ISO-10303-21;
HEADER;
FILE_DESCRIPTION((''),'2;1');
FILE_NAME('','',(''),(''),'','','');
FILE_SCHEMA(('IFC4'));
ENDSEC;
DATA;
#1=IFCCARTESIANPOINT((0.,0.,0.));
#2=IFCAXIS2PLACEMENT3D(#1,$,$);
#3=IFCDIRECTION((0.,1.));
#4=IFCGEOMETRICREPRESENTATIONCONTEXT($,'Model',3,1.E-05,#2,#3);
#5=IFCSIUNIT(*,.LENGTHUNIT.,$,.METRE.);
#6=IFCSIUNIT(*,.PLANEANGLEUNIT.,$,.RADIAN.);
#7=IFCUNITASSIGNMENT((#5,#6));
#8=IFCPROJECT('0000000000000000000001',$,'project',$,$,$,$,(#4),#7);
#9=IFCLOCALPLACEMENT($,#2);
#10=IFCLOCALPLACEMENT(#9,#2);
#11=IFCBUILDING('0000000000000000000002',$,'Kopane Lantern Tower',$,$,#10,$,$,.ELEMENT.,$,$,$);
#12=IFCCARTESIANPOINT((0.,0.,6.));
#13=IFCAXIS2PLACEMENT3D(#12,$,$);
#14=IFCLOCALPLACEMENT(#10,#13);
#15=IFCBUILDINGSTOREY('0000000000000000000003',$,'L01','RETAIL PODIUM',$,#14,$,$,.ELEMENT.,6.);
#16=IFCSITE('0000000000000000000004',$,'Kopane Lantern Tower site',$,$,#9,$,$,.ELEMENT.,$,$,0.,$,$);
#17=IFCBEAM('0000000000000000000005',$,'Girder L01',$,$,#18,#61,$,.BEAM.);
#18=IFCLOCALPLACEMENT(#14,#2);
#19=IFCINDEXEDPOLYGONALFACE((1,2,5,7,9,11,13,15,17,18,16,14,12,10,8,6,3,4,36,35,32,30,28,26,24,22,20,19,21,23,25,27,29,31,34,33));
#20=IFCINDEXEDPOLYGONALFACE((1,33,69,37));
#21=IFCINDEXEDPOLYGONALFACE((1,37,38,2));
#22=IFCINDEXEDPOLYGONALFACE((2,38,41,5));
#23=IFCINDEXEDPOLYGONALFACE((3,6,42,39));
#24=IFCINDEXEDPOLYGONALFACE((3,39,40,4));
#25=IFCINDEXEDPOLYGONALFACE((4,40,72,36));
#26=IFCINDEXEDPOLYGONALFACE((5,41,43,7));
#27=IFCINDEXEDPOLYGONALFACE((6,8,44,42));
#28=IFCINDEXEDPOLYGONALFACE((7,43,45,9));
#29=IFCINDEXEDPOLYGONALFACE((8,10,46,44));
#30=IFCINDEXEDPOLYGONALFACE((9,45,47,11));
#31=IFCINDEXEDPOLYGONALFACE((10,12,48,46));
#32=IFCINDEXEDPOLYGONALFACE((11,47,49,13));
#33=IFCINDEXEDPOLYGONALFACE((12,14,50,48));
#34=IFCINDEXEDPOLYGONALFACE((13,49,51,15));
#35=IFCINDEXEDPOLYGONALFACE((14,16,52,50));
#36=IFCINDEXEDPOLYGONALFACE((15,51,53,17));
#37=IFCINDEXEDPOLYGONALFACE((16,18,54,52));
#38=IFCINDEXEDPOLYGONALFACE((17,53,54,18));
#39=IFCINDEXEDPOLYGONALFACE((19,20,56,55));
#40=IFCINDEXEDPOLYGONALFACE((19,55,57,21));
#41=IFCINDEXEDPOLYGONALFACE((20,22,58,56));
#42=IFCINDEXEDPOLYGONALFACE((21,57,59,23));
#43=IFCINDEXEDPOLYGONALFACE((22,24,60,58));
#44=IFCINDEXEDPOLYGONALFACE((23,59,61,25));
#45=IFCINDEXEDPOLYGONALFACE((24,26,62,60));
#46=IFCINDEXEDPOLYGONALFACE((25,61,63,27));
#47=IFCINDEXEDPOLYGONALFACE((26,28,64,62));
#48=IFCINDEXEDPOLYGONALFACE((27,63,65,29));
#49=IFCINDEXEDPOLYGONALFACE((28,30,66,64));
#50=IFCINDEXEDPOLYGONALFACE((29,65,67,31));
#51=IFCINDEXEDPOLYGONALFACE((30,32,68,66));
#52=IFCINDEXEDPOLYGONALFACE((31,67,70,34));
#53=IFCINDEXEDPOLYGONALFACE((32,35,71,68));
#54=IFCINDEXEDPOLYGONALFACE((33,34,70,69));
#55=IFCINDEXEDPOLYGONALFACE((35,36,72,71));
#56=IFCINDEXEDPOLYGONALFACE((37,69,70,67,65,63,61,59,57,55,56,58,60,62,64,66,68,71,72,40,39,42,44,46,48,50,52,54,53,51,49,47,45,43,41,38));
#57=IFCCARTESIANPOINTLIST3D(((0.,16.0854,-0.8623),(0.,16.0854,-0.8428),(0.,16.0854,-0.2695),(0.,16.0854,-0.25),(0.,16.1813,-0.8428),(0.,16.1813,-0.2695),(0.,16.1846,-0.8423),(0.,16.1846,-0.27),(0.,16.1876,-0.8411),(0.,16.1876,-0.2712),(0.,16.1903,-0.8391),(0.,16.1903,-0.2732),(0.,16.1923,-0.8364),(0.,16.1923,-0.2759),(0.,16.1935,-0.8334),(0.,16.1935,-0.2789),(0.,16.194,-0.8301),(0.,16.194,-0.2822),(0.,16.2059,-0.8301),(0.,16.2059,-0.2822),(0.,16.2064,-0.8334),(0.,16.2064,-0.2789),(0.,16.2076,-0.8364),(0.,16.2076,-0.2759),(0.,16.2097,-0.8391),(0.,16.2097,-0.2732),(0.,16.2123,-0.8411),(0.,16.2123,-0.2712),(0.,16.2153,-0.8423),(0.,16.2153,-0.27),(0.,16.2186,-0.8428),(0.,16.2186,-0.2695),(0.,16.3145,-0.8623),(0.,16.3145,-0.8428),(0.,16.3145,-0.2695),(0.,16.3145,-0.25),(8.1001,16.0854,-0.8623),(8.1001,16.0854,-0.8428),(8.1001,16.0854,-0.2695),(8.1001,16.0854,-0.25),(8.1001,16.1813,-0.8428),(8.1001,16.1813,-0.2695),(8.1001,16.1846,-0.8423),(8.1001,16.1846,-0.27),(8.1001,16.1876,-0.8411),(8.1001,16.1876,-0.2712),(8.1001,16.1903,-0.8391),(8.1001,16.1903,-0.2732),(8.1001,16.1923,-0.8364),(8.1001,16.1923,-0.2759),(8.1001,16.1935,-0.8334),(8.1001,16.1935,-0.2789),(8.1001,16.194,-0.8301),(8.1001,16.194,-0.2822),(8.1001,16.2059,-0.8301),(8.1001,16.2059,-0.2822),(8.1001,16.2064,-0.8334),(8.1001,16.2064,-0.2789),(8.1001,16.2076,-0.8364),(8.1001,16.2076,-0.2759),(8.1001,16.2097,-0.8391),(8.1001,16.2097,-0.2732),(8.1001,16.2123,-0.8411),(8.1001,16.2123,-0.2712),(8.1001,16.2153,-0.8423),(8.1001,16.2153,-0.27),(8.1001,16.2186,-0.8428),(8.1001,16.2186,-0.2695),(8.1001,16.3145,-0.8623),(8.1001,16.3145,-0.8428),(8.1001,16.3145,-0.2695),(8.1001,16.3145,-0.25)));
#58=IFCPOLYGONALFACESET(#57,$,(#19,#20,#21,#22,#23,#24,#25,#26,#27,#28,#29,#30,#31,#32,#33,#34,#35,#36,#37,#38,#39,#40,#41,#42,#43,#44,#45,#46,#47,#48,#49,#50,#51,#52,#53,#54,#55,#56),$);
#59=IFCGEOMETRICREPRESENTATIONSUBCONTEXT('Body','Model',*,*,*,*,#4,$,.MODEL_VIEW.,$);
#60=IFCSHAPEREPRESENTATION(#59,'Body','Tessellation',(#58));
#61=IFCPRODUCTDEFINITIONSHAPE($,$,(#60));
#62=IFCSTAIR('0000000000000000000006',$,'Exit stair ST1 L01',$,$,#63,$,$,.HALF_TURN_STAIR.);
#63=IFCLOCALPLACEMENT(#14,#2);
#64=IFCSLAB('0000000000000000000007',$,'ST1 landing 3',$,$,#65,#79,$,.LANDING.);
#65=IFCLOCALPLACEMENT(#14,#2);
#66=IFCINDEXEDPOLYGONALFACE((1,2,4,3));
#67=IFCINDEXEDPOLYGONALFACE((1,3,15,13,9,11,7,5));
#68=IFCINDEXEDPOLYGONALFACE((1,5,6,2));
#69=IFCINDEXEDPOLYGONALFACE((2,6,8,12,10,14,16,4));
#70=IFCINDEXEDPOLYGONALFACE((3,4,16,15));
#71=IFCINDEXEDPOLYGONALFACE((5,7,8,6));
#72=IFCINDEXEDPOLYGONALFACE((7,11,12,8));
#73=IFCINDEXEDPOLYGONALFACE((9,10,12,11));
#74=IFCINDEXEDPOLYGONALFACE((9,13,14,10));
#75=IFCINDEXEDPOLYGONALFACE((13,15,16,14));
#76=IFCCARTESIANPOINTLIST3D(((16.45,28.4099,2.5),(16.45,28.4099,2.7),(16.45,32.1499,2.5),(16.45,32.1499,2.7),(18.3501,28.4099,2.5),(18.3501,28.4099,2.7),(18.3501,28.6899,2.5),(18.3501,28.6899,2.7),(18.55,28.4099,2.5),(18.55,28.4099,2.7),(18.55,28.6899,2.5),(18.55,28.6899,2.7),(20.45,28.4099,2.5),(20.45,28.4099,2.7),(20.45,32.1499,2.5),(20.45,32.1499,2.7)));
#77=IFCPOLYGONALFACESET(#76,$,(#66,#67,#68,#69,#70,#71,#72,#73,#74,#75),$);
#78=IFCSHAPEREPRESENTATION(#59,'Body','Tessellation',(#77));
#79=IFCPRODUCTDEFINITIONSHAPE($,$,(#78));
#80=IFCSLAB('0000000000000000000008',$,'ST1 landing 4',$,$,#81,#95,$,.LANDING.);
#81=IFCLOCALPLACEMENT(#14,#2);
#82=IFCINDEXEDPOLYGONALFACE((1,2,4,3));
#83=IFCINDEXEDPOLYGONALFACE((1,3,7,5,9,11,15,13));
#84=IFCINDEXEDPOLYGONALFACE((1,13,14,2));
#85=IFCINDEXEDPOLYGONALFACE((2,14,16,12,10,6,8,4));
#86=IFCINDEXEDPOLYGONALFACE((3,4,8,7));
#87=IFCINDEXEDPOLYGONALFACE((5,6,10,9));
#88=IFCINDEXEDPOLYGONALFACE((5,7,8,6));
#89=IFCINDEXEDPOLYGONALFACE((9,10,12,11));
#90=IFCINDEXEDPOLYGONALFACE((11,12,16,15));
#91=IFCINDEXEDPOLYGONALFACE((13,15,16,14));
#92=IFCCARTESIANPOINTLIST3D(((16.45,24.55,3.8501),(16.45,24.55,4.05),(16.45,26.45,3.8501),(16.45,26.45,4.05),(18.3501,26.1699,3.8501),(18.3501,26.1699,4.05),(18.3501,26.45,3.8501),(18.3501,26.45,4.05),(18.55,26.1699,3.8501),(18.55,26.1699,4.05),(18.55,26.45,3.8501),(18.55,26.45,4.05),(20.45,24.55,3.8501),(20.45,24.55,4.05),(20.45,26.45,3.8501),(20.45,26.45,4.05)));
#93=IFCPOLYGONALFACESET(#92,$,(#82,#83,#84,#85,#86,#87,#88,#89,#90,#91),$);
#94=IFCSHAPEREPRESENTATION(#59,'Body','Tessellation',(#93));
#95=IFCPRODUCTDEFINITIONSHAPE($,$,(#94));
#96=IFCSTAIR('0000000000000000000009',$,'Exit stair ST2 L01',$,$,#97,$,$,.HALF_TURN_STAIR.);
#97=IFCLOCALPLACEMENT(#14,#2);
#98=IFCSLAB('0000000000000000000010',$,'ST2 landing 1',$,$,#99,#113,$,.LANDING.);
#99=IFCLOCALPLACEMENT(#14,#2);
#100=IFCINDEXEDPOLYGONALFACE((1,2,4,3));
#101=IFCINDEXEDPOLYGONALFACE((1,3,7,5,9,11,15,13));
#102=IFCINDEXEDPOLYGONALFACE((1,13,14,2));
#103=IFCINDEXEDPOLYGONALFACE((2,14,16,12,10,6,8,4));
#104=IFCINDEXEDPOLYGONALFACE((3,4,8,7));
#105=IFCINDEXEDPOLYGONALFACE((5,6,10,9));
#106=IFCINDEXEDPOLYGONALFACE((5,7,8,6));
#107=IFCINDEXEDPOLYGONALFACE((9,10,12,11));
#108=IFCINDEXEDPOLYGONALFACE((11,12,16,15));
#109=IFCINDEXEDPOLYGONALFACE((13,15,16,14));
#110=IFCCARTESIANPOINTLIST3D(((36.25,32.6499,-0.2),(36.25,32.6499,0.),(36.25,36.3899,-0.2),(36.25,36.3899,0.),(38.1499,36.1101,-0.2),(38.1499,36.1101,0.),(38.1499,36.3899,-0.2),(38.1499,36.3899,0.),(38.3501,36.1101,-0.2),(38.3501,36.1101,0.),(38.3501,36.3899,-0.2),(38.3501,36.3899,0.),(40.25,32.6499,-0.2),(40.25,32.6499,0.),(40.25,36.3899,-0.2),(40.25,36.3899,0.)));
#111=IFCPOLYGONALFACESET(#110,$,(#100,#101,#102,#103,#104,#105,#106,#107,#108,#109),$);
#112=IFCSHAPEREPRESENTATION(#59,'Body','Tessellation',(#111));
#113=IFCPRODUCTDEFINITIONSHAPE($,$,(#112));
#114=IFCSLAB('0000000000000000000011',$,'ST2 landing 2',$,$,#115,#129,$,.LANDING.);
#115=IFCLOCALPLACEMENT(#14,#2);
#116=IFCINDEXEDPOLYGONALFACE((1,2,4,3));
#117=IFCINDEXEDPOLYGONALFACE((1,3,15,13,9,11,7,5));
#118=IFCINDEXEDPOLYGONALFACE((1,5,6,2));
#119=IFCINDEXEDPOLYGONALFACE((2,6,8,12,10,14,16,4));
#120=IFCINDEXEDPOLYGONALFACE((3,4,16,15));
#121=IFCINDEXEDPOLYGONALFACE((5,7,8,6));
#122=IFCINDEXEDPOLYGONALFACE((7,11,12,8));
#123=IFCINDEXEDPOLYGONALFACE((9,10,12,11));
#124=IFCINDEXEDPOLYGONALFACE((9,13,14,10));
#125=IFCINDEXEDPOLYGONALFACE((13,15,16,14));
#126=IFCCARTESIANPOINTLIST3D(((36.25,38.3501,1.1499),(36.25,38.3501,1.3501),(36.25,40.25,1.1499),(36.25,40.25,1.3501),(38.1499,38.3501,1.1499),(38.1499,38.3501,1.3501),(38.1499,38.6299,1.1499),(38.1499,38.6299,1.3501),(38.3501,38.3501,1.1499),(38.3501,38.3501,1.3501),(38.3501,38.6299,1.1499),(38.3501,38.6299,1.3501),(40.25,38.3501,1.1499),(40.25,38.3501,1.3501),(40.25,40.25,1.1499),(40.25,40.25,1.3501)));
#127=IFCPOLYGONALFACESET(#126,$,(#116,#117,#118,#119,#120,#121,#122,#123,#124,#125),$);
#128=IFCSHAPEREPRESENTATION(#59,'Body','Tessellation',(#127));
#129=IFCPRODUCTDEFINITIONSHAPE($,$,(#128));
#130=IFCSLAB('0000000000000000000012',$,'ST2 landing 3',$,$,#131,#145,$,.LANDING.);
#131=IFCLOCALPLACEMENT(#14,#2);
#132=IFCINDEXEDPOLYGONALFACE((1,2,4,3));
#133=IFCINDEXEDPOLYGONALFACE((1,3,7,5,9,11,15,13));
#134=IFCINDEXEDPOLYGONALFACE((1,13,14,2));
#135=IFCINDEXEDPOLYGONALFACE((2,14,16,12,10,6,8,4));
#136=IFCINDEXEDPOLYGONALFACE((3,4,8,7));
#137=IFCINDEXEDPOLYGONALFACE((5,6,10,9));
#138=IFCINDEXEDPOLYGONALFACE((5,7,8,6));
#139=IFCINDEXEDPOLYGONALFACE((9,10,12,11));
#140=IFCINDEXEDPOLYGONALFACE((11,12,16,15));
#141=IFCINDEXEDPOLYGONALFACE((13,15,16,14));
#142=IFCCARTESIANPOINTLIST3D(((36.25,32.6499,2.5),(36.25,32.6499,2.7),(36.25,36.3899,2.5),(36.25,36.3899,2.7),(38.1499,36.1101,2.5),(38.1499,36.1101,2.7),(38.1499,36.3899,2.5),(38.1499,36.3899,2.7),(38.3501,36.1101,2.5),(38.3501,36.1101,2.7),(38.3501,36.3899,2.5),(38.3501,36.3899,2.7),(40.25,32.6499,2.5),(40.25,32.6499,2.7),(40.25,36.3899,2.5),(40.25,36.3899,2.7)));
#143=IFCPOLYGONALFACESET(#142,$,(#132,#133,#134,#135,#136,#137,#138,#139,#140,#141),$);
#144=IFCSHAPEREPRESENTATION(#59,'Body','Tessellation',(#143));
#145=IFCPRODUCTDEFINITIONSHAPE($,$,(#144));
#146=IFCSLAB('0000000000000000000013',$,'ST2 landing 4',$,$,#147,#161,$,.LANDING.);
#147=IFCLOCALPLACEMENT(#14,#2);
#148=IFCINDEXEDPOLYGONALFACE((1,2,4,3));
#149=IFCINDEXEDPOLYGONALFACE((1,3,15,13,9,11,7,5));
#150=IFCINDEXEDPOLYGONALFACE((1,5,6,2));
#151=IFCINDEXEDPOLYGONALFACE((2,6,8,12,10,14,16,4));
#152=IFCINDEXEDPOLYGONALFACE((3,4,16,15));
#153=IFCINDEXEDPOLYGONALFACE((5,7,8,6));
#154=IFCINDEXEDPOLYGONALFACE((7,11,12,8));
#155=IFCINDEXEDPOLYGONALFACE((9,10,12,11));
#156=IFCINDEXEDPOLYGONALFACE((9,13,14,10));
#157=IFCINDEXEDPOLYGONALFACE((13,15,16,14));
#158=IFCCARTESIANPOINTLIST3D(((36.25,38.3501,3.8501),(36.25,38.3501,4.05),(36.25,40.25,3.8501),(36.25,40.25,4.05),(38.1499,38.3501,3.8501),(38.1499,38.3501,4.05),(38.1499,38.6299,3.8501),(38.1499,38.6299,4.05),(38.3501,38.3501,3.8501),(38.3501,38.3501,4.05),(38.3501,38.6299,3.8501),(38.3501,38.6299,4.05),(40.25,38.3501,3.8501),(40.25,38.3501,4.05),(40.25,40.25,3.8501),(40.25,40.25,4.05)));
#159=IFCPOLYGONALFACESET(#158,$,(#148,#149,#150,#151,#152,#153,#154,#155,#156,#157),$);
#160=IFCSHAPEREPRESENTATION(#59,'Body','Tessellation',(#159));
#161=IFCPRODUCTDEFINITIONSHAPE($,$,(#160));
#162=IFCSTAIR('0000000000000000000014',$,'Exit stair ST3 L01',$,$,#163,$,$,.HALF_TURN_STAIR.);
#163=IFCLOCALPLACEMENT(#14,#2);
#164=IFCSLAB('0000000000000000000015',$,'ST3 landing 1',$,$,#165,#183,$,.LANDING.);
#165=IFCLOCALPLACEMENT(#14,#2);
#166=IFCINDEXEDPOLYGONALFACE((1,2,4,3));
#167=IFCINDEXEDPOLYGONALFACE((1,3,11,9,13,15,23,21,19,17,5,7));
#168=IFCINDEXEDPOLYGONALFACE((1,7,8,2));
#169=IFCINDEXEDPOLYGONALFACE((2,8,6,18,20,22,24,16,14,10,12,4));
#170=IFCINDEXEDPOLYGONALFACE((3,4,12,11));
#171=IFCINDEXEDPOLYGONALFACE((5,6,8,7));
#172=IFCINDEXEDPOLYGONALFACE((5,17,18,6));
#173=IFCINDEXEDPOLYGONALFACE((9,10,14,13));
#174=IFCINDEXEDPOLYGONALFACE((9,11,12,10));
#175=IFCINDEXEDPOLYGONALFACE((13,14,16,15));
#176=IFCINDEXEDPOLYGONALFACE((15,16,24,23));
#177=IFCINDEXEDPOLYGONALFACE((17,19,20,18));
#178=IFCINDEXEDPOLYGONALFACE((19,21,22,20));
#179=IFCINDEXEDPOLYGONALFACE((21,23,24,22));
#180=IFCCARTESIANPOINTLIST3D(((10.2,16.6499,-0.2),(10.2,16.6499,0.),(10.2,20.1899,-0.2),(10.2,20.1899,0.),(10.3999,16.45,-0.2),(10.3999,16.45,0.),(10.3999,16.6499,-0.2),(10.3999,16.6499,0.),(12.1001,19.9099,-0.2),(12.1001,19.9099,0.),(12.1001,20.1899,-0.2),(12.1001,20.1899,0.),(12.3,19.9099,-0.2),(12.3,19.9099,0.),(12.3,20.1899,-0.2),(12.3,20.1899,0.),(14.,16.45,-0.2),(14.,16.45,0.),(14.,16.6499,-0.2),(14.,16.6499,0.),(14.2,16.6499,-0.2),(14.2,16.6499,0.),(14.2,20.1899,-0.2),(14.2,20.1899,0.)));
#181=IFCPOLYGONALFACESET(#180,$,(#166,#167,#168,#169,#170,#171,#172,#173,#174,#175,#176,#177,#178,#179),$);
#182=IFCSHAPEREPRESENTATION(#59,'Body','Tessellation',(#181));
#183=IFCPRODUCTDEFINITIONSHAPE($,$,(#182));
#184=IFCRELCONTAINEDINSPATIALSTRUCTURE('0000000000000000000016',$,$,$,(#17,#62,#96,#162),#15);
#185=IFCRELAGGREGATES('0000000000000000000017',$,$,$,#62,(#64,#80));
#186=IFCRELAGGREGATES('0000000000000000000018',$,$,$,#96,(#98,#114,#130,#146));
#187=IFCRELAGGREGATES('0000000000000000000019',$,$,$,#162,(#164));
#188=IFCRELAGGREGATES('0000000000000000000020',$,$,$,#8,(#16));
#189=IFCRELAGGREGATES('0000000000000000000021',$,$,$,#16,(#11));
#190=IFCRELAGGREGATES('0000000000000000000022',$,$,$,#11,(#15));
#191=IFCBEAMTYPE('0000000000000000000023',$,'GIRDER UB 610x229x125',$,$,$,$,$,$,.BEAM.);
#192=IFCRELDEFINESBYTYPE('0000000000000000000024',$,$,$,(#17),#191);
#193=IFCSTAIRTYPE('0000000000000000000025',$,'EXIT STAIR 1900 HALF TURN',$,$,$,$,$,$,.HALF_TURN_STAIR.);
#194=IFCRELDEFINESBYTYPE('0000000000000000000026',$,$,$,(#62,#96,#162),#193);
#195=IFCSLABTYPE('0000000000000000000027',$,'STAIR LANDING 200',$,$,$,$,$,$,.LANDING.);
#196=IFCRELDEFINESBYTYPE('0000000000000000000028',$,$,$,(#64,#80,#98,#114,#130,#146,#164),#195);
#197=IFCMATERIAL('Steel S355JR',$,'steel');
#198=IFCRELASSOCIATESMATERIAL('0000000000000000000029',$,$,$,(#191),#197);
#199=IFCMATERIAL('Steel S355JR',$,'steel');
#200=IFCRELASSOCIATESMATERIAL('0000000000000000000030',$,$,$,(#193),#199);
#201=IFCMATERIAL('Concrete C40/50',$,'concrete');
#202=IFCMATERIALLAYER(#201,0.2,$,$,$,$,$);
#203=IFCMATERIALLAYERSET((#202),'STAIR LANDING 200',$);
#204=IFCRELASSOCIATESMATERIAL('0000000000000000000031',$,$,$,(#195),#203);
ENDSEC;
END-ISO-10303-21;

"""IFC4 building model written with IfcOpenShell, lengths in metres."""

from ifc_helpers import new_model, si_unit, direction, frame, origin, origin_2d, place, context, subcontext, project, spatial, polyline, i_section, outline, extrude, material, layer, layer_set, material_profile, profile_set, type_object, element, aggregate, save


model = new_model("IFC4")

# Units and contexts
model_context = context("Model", 3, precision=1e-05, world=origin(), true_north=direction((0.0, 1.0)))
body_context = subcontext(model_context, "Body", "Model", "MODEL_VIEW")
ifc_project = project(units=[si_unit("LENGTHUNIT", "METRE"), si_unit("PLANEANGLEUNIT", "RADIAN")], contexts=[model_context])

# Site, building, storey
site_placement = place(None, origin())
site = spatial("IfcSite", under=ifc_project, at=site_placement, Name="Kopane Lantern Tower site", CompositionType="ELEMENT", RefElevation=0.0)
building_placement = place(site_placement, origin())
building = spatial("IfcBuilding", under=site, at=building_placement, Name="Kopane Lantern Tower", CompositionType="ELEMENT")
storey_placement = place(building_placement, frame((0.0, 0.0, 6.0)))
storey = spatial("IfcBuildingStorey", under=building, at=storey_placement, Name="L01", Description="RETAIL PODIUM", CompositionType="ELEMENT", Elevation=6.0)

# Beam
ifc_material_1 = material(Name="Steel S355JR", Category="steel")
ifc_material_profile_1 = material_profile(ifc_material_1, i_section(OverallWidth=0.229, OverallDepth=0.6123, WebThickness=0.012, FlangeThickness=0.0195, FilletRadius=0.0127, at=origin_2d()), Name="UB 610x229x125")
ifc_profile_set_1 = profile_set([ifc_material_profile_1], Name="Steel S355JR")
beam_type = type_object("IfcBeamType", Name="GIRDER UB 610x229x125", PredefinedType="BEAM", material=ifc_profile_set_1)
for number, where, z_axis, x_axis, name in (
    (1, (0.0, 16.2, -0.5562), (1.0, 0.0, 0.0), (0.0, 1.0, 0.0), "Girder L01"),
):
    element("IfcBeam", number, at=place(storey_placement, frame(where, z_axis=z_axis, x_axis=x_axis)), inside=storey, type_object=beam_type, Name=name, PredefinedType="BEAM", context=body_context, shape_type="SweptSolid", body=[
        extrude(i_section(OverallWidth=0.229, OverallDepth=0.6123, WebThickness=0.012, FlangeThickness=0.0195, FilletRadius=0.0127, at=origin_2d()), origin(), (0.0, 0.0, 1.0), 8.1001),
    ])

# Stairs, slabs
ifc_material_2 = material(Name="Steel S355JR", Category="steel")
stair_type = type_object("IfcStairType", Name="EXIT STAIR 1900 HALF TURN", PredefinedType="HALF_TURN_STAIR", material=ifc_material_2)
stair_1_placement = place(storey_placement, origin())
stair_1 = element("IfcStair", 2, at=stair_1_placement, inside=storey, type_object=stair_type, Name="Exit stair ST1 L01", PredefinedType="HALF_TURN_STAIR")
ifc_material_3 = material(Name="Concrete C40/50", Category="concrete")
ifc_layer_1 = layer(ifc_material_3, 0.2)
ifc_layer_set_1 = layer_set([ifc_layer_1], Name="STAIR LANDING 200")
slab_type = type_object("IfcSlabType", Name="STAIR LANDING 200", PredefinedType="LANDING", material=ifc_layer_set_1)
slab_1_placement = place(storey_placement, frame((0.0, 0.0, 2.5)))
slab_1 = element("IfcSlab", 3, at=slab_1_placement, type_object=slab_type, Name="ST1 landing 3", PredefinedType="LANDING", context=body_context, shape_type="SweptSolid", body=[
    extrude(outline(polyline([(18.3501, 28.6899), (18.55, 28.6899), (18.55, 28.4099), (20.45, 28.4099), (20.45, 32.1499), (16.45, 32.1499), (16.45, 28.4099), (18.3501, 28.4099), (18.3501, 28.6899)])), origin(), (0.0, 0.0, 1.0), 0.2),
])
slab_2_placement = place(storey_placement, frame((0.0, 0.0, 3.8501)))
slab_2 = element("IfcSlab", 4, at=slab_2_placement, type_object=slab_type, Name="ST1 landing 4", PredefinedType="LANDING", context=body_context, shape_type="SweptSolid", body=[
    extrude(outline(polyline([(20.45, 26.45), (18.55, 26.45), (18.55, 26.1699), (18.3501, 26.1699), (18.3501, 26.45), (16.45, 26.45), (16.45, 24.55), (20.45, 24.55), (20.45, 26.45)])), origin(), (0.0, 0.0, 1.0), 0.2),
])
aggregate(stair_1, [slab_1, slab_2])
stair_2_placement = place(storey_placement, origin())
stair_2 = element("IfcStair", 5, at=stair_2_placement, inside=storey, type_object=stair_type, Name="Exit stair ST2 L01", PredefinedType="HALF_TURN_STAIR")
slab_3_placement = place(storey_placement, frame((0.0, 0.0, -0.2)))
slab_3 = element("IfcSlab", 6, at=slab_3_placement, type_object=slab_type, Name="ST2 landing 1", PredefinedType="LANDING", context=body_context, shape_type="SweptSolid", body=[
    extrude(outline(polyline([(40.25, 36.3899), (38.3501, 36.3899), (38.3501, 36.1101), (38.1499, 36.1101), (38.1499, 36.3899), (36.25, 36.3899), (36.25, 32.6499), (40.25, 32.6499), (40.25, 36.3899)])), origin(), (0.0, 0.0, 1.0), 0.2),
])
slab_4_placement = place(storey_placement, frame((0.0, 0.0, 1.1499)))
slab_4 = element("IfcSlab", 7, at=slab_4_placement, type_object=slab_type, Name="ST2 landing 2", PredefinedType="LANDING", context=body_context, shape_type="SweptSolid", body=[
    extrude(outline(polyline([(38.1499, 38.6299), (38.3501, 38.6299), (38.3501, 38.3501), (40.25, 38.3501), (40.25, 40.25), (36.25, 40.25), (36.25, 38.3501), (38.1499, 38.3501), (38.1499, 38.6299)])), origin(), (0.0, 0.0, 1.0), 0.2002),
])
slab_5_placement = place(storey_placement, frame((0.0, 0.0, 2.5)))
slab_5 = element("IfcSlab", 8, at=slab_5_placement, type_object=slab_type, Name="ST2 landing 3", PredefinedType="LANDING", context=body_context, shape_type="SweptSolid", body=[
    extrude(outline(polyline([(40.25, 36.3899), (38.3501, 36.3899), (38.3501, 36.1101), (38.1499, 36.1101), (38.1499, 36.3899), (36.25, 36.3899), (36.25, 32.6499), (40.25, 32.6499), (40.25, 36.3899)])), origin(), (0.0, 0.0, 1.0), 0.2),
])
slab_6_placement = place(storey_placement, frame((0.0, 0.0, 3.8501)))
slab_6 = element("IfcSlab", 9, at=slab_6_placement, type_object=slab_type, Name="ST2 landing 4", PredefinedType="LANDING", context=body_context, shape_type="SweptSolid", body=[
    extrude(outline(polyline([(38.1499, 38.6299), (38.3501, 38.6299), (38.3501, 38.3501), (40.25, 38.3501), (40.25, 40.25), (36.25, 40.25), (36.25, 38.3501), (38.1499, 38.3501), (38.1499, 38.6299)])), origin(), (0.0, 0.0, 1.0), 0.2),
])
aggregate(stair_2, [slab_3, slab_4, slab_5, slab_6])
stair_3_placement = place(storey_placement, origin())
stair_3 = element("IfcStair", 10, at=stair_3_placement, inside=storey, type_object=stair_type, Name="Exit stair ST3 L01", PredefinedType="HALF_TURN_STAIR")
slab_7_placement = place(storey_placement, frame((0.0, 0.0, -0.2)))
slab_7 = element("IfcSlab", 11, at=slab_7_placement, type_object=slab_type, Name="ST3 landing 1", PredefinedType="LANDING", context=body_context, shape_type="SweptSolid", body=[
    extrude(outline(polyline([(10.3999, 16.6499), (10.3999, 16.45), (14.0, 16.45), (14.0, 16.6499), (14.2, 16.6499), (14.2, 20.1899), (12.3, 20.1899), (12.3, 19.9099), (12.1001, 19.9099), (12.1001, 20.1899), (10.2, 20.1899), (10.2, 16.6499), (10.3999, 16.6499)])), origin(), (0.0, 0.0, 1.0), 0.2),
])
aggregate(stair_3, [slab_7])

save(model, "model.ifc")
